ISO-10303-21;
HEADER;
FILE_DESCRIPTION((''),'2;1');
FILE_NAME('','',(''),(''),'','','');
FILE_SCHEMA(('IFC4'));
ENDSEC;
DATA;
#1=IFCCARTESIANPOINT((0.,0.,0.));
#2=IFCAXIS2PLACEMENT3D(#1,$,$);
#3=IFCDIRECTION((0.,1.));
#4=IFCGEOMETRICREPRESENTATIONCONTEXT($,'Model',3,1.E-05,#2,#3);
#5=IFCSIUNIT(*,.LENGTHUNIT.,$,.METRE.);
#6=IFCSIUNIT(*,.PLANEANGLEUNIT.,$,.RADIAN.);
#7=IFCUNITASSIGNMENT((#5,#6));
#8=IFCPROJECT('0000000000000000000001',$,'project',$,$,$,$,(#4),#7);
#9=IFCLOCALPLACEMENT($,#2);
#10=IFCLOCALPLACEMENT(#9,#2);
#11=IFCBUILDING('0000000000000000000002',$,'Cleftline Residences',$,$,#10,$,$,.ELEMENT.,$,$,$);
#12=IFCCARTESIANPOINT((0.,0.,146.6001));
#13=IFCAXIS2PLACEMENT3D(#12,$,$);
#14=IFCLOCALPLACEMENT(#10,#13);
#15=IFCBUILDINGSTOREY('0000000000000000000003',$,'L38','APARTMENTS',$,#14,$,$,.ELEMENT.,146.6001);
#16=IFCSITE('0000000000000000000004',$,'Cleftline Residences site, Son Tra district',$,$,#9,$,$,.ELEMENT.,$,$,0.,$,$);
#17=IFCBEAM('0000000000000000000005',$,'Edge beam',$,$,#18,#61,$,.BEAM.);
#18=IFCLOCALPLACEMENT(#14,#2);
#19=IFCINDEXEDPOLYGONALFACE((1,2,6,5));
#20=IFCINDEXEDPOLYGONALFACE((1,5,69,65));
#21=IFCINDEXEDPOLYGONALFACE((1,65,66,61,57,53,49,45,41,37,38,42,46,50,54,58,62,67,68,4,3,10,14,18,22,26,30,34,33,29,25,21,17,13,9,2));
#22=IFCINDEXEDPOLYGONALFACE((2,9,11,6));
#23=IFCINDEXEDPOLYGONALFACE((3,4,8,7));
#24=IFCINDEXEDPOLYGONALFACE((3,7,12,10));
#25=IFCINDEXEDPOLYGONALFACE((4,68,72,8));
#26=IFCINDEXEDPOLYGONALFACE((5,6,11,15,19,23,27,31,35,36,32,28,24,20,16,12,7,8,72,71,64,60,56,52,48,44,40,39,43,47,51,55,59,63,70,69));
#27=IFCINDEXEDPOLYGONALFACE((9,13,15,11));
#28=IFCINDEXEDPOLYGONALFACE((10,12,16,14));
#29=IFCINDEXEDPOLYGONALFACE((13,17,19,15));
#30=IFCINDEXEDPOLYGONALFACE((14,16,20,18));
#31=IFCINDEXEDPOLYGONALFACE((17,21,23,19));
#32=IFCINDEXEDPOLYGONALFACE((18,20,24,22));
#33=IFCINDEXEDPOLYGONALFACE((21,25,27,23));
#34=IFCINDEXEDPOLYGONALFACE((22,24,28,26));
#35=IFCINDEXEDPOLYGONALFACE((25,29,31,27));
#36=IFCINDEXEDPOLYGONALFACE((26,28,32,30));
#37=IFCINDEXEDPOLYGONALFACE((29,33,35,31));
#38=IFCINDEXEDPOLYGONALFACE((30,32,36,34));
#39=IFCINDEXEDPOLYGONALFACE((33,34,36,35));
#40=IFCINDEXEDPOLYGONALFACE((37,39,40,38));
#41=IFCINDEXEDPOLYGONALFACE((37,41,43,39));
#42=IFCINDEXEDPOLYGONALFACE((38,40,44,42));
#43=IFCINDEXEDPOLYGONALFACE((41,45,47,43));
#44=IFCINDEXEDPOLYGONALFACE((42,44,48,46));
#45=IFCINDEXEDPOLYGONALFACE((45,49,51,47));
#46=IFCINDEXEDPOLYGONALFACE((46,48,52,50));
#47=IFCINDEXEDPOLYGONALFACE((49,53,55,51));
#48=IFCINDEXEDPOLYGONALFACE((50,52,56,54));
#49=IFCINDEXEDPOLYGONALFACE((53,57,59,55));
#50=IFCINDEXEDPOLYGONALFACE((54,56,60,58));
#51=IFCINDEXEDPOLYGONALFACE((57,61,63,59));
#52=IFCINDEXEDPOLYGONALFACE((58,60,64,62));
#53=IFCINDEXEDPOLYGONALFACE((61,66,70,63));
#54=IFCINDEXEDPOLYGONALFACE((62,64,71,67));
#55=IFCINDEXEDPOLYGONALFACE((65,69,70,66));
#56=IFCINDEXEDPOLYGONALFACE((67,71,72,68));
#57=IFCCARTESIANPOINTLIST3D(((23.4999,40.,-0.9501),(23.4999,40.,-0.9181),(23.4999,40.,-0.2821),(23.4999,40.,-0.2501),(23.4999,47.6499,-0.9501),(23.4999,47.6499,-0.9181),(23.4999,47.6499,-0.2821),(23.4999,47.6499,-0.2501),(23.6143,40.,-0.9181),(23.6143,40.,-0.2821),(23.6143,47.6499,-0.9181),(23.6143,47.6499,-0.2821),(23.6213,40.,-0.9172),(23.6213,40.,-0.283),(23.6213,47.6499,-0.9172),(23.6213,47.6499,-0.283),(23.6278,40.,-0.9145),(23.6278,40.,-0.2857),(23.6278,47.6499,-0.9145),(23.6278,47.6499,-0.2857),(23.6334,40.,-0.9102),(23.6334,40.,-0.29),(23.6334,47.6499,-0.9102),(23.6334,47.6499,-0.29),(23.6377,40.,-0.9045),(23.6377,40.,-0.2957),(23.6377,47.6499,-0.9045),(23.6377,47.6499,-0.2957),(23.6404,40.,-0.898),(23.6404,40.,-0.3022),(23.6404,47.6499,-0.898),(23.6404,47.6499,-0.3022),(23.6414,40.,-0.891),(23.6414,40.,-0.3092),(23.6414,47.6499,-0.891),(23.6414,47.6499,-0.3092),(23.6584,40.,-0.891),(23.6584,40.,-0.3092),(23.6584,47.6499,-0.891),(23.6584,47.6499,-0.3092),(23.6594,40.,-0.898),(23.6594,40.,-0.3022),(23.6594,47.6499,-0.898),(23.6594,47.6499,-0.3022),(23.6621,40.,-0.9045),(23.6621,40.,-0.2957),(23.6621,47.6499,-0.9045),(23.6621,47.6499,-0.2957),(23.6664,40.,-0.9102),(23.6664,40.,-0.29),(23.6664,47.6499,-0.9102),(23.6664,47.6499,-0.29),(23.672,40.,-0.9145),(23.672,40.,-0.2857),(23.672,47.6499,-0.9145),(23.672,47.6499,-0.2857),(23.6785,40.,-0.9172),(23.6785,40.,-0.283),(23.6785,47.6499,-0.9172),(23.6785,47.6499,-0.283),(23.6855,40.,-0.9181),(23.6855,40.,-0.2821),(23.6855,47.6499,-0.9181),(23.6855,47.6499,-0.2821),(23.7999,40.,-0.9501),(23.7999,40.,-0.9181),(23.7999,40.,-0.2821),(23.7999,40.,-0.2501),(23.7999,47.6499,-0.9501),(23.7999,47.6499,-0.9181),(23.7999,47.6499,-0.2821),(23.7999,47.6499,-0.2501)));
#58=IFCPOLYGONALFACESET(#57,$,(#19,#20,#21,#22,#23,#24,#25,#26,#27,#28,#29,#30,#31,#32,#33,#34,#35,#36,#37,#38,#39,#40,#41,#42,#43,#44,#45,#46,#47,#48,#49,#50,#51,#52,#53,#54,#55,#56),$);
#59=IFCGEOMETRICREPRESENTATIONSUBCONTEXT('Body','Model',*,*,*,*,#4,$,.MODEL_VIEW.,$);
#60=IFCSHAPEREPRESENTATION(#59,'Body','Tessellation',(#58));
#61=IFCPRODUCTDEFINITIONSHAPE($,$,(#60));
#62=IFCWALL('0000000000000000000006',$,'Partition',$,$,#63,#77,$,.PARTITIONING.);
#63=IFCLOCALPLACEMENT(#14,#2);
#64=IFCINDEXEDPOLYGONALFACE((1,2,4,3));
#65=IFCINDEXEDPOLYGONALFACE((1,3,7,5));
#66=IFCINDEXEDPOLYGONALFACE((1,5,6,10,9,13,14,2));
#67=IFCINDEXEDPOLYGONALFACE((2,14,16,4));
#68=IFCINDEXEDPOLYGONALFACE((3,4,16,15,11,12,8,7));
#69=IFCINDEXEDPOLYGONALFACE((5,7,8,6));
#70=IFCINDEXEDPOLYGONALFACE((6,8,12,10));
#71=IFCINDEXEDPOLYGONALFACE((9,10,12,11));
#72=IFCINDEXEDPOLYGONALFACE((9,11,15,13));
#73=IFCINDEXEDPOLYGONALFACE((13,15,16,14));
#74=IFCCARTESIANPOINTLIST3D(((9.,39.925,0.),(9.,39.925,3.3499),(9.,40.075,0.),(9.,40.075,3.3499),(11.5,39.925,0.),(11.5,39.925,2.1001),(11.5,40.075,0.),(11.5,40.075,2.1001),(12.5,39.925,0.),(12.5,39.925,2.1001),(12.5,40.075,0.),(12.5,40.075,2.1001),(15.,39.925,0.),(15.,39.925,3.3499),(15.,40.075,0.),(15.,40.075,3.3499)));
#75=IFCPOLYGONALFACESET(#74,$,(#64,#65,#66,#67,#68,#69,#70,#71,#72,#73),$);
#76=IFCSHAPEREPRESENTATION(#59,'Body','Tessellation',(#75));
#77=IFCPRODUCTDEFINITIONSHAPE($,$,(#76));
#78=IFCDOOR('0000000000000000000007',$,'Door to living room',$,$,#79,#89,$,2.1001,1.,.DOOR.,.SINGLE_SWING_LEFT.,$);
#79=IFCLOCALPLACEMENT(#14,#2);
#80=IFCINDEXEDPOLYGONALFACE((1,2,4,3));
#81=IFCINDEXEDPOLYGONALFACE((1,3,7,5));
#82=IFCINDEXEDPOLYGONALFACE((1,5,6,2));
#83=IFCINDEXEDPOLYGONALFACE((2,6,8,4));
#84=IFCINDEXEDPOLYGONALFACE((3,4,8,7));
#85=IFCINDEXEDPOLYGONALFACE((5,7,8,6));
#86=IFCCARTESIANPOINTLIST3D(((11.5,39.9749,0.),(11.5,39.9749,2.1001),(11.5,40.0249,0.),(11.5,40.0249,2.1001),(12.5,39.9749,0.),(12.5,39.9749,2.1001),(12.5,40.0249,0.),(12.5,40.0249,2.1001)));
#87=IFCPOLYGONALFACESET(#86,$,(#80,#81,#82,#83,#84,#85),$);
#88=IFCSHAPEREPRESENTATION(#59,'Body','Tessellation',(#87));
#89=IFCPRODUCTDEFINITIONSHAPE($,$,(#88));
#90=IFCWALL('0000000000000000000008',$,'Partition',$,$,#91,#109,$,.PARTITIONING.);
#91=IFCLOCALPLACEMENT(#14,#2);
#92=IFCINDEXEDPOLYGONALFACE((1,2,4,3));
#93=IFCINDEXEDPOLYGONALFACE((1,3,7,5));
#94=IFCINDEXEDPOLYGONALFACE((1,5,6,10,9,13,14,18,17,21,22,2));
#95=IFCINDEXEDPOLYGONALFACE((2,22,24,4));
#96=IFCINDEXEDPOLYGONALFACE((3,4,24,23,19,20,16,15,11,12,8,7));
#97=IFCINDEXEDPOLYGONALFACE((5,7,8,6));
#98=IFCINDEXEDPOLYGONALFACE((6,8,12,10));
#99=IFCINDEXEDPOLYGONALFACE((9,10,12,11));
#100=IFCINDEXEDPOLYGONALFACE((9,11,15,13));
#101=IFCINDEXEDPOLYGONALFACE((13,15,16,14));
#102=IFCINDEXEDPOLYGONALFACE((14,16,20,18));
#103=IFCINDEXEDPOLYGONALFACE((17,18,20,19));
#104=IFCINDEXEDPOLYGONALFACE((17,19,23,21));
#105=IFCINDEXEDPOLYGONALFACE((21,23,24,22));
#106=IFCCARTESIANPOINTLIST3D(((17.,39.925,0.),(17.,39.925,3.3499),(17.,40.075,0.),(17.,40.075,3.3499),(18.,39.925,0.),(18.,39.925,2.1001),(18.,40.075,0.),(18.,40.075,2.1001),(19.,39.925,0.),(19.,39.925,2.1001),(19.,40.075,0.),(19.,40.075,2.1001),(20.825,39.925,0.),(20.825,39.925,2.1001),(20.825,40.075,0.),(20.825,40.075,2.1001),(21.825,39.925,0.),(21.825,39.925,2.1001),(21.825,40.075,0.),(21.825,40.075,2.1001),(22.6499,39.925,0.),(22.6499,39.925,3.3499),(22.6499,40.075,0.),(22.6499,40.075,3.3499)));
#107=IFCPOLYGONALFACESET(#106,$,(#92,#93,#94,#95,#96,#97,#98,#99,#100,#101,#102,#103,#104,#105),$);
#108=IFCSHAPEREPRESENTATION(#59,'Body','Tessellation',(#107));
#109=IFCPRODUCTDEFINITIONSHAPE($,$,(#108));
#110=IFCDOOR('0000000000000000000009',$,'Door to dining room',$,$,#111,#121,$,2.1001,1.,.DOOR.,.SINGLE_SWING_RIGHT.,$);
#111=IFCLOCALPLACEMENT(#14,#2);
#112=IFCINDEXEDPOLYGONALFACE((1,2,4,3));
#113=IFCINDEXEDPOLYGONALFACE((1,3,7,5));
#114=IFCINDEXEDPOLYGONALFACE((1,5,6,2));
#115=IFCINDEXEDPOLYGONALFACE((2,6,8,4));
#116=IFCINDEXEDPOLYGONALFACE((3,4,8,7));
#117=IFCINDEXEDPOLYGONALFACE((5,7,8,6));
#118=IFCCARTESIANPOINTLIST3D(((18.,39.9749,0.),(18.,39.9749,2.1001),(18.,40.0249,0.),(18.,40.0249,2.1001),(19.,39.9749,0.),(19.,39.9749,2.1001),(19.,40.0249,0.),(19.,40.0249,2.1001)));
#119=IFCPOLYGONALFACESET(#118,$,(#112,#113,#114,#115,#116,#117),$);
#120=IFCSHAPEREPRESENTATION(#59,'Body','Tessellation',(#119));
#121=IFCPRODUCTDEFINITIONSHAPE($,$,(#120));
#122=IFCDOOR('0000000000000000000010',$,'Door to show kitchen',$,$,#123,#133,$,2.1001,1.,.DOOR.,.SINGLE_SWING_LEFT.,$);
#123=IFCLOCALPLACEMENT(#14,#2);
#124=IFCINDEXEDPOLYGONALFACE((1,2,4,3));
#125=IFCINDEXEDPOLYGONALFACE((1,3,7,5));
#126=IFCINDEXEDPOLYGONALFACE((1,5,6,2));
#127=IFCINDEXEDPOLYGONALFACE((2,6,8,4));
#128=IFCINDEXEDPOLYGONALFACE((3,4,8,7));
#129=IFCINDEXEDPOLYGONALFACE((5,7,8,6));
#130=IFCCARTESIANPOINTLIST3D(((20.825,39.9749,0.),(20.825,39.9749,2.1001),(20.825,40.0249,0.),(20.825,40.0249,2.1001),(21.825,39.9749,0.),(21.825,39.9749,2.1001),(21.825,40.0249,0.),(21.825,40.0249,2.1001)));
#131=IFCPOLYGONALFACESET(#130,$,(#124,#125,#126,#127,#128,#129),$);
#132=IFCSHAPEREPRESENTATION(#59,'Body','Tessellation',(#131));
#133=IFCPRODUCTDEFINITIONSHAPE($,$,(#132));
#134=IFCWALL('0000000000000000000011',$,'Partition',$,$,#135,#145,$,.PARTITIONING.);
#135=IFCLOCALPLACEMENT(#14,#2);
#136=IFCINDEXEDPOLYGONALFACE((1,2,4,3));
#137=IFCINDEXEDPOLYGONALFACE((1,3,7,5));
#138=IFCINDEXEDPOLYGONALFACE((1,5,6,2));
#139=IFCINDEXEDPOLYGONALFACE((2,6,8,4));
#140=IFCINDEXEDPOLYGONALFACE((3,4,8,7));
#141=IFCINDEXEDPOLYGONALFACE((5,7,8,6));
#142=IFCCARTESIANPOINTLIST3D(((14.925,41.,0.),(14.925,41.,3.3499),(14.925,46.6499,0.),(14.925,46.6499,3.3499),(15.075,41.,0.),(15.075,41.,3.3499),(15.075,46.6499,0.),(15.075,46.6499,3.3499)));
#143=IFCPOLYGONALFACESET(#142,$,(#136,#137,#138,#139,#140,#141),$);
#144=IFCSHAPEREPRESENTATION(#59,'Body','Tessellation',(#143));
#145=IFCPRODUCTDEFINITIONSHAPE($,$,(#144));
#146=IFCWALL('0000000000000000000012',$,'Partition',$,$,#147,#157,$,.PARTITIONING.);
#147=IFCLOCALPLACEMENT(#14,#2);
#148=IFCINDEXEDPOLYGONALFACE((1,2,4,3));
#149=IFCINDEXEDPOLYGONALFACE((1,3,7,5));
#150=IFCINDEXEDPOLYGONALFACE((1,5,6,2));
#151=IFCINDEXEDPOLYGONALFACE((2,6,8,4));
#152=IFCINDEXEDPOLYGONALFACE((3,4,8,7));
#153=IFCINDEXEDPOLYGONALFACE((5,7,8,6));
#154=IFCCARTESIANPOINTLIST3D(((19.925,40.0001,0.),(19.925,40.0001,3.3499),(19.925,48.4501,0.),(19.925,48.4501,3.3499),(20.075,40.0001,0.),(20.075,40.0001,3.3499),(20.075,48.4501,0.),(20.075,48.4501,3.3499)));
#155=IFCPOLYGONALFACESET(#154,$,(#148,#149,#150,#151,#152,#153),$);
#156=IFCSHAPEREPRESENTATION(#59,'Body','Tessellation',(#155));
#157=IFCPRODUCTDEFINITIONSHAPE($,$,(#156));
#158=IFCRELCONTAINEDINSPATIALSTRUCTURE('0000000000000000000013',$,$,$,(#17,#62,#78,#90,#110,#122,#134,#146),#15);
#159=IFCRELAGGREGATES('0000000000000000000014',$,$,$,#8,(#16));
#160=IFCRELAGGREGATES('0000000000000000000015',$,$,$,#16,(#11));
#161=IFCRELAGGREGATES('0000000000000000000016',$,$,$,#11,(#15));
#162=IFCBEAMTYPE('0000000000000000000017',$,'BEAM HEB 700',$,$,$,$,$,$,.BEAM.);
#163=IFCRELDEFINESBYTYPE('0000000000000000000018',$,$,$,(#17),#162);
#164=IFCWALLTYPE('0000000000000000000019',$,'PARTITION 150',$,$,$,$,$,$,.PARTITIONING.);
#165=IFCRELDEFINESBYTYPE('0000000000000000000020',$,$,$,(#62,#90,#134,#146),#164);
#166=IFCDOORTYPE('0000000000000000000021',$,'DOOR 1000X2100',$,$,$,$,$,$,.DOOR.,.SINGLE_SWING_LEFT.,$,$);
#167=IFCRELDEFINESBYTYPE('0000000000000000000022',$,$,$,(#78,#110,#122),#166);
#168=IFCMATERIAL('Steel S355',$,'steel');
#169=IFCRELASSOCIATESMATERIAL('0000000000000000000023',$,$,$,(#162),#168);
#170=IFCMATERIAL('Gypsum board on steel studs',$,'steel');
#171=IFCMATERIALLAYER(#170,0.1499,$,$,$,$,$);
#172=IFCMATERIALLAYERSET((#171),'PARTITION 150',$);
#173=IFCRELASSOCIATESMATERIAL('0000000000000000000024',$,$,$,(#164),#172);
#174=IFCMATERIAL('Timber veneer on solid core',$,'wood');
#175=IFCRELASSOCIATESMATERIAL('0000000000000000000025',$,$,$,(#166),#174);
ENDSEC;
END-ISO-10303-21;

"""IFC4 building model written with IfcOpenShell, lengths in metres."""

from ifc_helpers import new_model, si_unit, direction, frame, frame_2d, origin, origin_2d, place, context, subcontext, project, spatial, rectangle, i_section, extrude, material, layer, layer_set, material_profile, profile_set, type_object, element, fill, save


model = new_model("IFC4")

# Units and contexts
model_context = context("Model", 3, precision=1e-05, world=origin(), true_north=direction((0.0, 1.0)))
body_context = subcontext(model_context, "Body", "Model", "MODEL_VIEW")
ifc_project = project(units=[si_unit("LENGTHUNIT", "METRE"), si_unit("PLANEANGLEUNIT", "RADIAN")], contexts=[model_context])

# Site, building, storey
site_placement = place(None, origin())
site = spatial("IfcSite", under=ifc_project, at=site_placement, Name="Cleftline Residences site, Son Tra district", CompositionType="ELEMENT", RefElevation=0.0)
building_placement = place(site_placement, origin())
building = spatial("IfcBuilding", under=site, at=building_placement, Name="Cleftline Residences", CompositionType="ELEMENT")
storey_placement = place(building_placement, frame((0.0, 0.0, 146.6001)))
storey = spatial("IfcBuildingStorey", under=building, at=storey_placement, Name="L38", Description="APARTMENTS", CompositionType="ELEMENT", Elevation=146.6001)

# Beam
ifc_material_1 = material(Name="Steel S355", Category="steel")
ifc_material_profile_1 = material_profile(ifc_material_1, i_section(OverallWidth=0.3, OverallDepth=0.7, WebThickness=0.0171, FlangeThickness=0.032, FilletRadius=0.0271, at=origin_2d()))
ifc_profile_set_1 = profile_set([ifc_material_profile_1], Name="Steel S355")
beam_type = type_object("IfcBeamType", Name="BEAM HEB 700", PredefinedType="BEAM", material=ifc_profile_set_1)
for number, where, z_axis, x_axis, name in (
    (1, (23.6499, 47.6499, -0.6001), (0.0, -1.0, 0.0), (1.0, 0.0, 0.0), "Edge beam"),
):
    element("IfcBeam", number, at=place(storey_placement, frame(where, z_axis=z_axis, x_axis=x_axis)), inside=storey, type_object=beam_type, Name=name, PredefinedType="BEAM", context=body_context, shape_type="SweptSolid", body=[
        extrude(i_section(OverallWidth=0.3, OverallDepth=0.7, WebThickness=0.0171, FlangeThickness=0.032, FilletRadius=0.0271, at=origin_2d()), origin(), (0.0, 0.0, 1.0), 7.6499),
    ])

# Wall, opening, door
ifc_material_2 = material(Name="Gypsum board on steel studs", Category="steel")
ifc_layer = layer(ifc_material_2, 0.1499)
ifc_layer_set = layer_set([ifc_layer], Name="PARTITION 150")
wall_type = type_object("IfcWallType", Name="PARTITION 150", PredefinedType="PARTITIONING", material=ifc_layer_set)
wall_1_placement = place(storey_placement, frame((9.0, 40.0, 0.0), z_axis=(0.0, 0.0, 1.0), x_axis=(1.0, 0.0, 0.0)))
wall_1 = element("IfcWall", 2, at=wall_1_placement, inside=storey, type_object=wall_type, Name="Partition", PredefinedType="PARTITIONING", context=body_context, shape_type="SweptSolid", body=[
    extrude(rectangle(XDim=6.0, YDim=0.1499, at=frame_2d((3.0, 0.0))), origin(), (0.0, 0.0, 1.0), 3.3499),
])
opening_1_placement = place(wall_1_placement, frame((2.5, 0.0, 0.0)))
opening_1 = element("IfcOpeningElement", 3, at=opening_1_placement, cuts=wall_1, PredefinedType="OPENING", context=body_context, shape_type="SweptSolid", body=[
    extrude(rectangle(XDim=1.0, YDim=2.1001, at=frame_2d((0.5, 1.05))), frame((0.0, 0.085, 0.0), z_axis=(0.0, -1.0, 0.0), x_axis=(1.0, 0.0, 0.0)), (0.0, 0.0, 1.0), 0.1699),
])
ifc_material_3 = material(Name="Timber veneer on solid core", Category="wood")
door_type = type_object("IfcDoorType", Name="DOOR 1000X2100", OperationType="SINGLE_SWING_LEFT", PredefinedType="DOOR", material=ifc_material_3)
door_1_placement = place(opening_1_placement, origin())
door_1 = element("IfcDoor", 4, at=door_1_placement, inside=storey, type_object=door_type, Name="Door to living room", OperationType="SINGLE_SWING_LEFT", OverallHeight=2.1001, OverallWidth=1.0, PredefinedType="DOOR", context=body_context, shape_type="SweptSolid", body=[
    extrude(rectangle(XDim=1.0, YDim=2.1001, at=frame_2d((0.5, 1.05))), frame((0.0, 0.0249, 0.0), z_axis=(0.0, -1.0, 0.0), x_axis=(1.0, 0.0, 0.0)), (0.0, 0.0, 1.0), 0.05),
])
fill(opening_1, door_1)

# Wall, openings, doors
wall_2_placement = place(storey_placement, frame((17.0, 40.0, 0.0), z_axis=(0.0, 0.0, 1.0), x_axis=(1.0, 0.0, 0.0)))
wall_2 = element("IfcWall", 5, at=wall_2_placement, inside=storey, type_object=wall_type, Name="Partition", PredefinedType="PARTITIONING", context=body_context, shape_type="SweptSolid", body=[
    extrude(rectangle(XDim=5.6499, YDim=0.1499, at=frame_2d((2.825, 0.0))), origin(), (0.0, 0.0, 1.0), 3.3499),
])
opening_2_placement = place(wall_2_placement, frame((1.0, 0.0, 0.0)))
opening_2 = element("IfcOpeningElement", 6, at=opening_2_placement, cuts=wall_2, PredefinedType="OPENING", context=body_context, shape_type="SweptSolid", body=[
    extrude(rectangle(XDim=1.0, YDim=2.1001, at=frame_2d((0.5, 1.05))), frame((0.0, 0.085, 0.0), z_axis=(0.0, -1.0, 0.0), x_axis=(1.0, 0.0, 0.0)), (0.0, 0.0, 1.0), 0.1699),
])
opening_3_placement = place(wall_2_placement, frame((3.825, 0.0, 0.0)))
opening_3 = element("IfcOpeningElement", 7, at=opening_3_placement, cuts=wall_2, PredefinedType="OPENING", context=body_context, shape_type="SweptSolid", body=[
    extrude(rectangle(XDim=1.0, YDim=2.1001, at=frame_2d((0.5, 1.05))), frame((0.0, 0.085, 0.0), z_axis=(0.0, -1.0, 0.0), x_axis=(1.0, 0.0, 0.0)), (0.0, 0.0, 1.0), 0.1699),
])
door_2_placement = place(opening_2_placement, origin())
door_2 = element("IfcDoor", 8, at=door_2_placement, inside=storey, type_object=door_type, Name="Door to dining room", OperationType="SINGLE_SWING_RIGHT", OverallHeight=2.1001, OverallWidth=1.0, PredefinedType="DOOR", context=body_context, shape_type="SweptSolid", body=[
    extrude(rectangle(XDim=1.0, YDim=2.1001, at=frame_2d((0.5, 1.05))), frame((0.0, 0.0249, 0.0), z_axis=(0.0, -1.0, 0.0), x_axis=(1.0, 0.0, 0.0)), (0.0, 0.0, 1.0), 0.05),
])
fill(opening_2, door_2)
door_3_placement = place(opening_3_placement, origin())
door_3 = element("IfcDoor", 9, at=door_3_placement, inside=storey, type_object=door_type, Name="Door to show kitchen", OperationType="SINGLE_SWING_LEFT", OverallHeight=2.1001, OverallWidth=1.0, PredefinedType="DOOR", context=body_context, shape_type="SweptSolid", body=[
    extrude(rectangle(XDim=1.0, YDim=2.1001, at=frame_2d((0.5, 1.05))), frame((0.0, 0.0249, 0.0), z_axis=(0.0, -1.0, 0.0), x_axis=(1.0, 0.0, 0.0)), (0.0, 0.0, 1.0), 0.05),
])
fill(opening_3, door_3)

# Walls
wall_3_placement = place(storey_placement, frame((15.0, 41.0, 0.0), z_axis=(0.0, 0.0, 1.0), x_axis=(0.0, 1.0, 0.0)))
element("IfcWall", 10, at=wall_3_placement, inside=storey, type_object=wall_type, Name="Partition", PredefinedType="PARTITIONING", context=body_context, shape_type="SweptSolid", body=[
    extrude(rectangle(XDim=5.6499, YDim=0.1499, at=frame_2d((2.825, 0.0))), origin(), (0.0, 0.0, 1.0), 3.3499),
])
wall_4_placement = place(storey_placement, frame((20.0, 40.0, 0.0), z_axis=(0.0, 0.0, 1.0), x_axis=(0.0, 1.0, 0.0)))
element("IfcWall", 11, at=wall_4_placement, inside=storey, type_object=wall_type, Name="Partition", PredefinedType="PARTITIONING", context=body_context, shape_type="SweptSolid", body=[
    extrude(rectangle(XDim=8.45, YDim=0.1499, at=frame_2d((4.2251, 0.0))), origin(), (0.0, 0.0, 1.0), 3.3499),
])

save(model, "model.ifc")
